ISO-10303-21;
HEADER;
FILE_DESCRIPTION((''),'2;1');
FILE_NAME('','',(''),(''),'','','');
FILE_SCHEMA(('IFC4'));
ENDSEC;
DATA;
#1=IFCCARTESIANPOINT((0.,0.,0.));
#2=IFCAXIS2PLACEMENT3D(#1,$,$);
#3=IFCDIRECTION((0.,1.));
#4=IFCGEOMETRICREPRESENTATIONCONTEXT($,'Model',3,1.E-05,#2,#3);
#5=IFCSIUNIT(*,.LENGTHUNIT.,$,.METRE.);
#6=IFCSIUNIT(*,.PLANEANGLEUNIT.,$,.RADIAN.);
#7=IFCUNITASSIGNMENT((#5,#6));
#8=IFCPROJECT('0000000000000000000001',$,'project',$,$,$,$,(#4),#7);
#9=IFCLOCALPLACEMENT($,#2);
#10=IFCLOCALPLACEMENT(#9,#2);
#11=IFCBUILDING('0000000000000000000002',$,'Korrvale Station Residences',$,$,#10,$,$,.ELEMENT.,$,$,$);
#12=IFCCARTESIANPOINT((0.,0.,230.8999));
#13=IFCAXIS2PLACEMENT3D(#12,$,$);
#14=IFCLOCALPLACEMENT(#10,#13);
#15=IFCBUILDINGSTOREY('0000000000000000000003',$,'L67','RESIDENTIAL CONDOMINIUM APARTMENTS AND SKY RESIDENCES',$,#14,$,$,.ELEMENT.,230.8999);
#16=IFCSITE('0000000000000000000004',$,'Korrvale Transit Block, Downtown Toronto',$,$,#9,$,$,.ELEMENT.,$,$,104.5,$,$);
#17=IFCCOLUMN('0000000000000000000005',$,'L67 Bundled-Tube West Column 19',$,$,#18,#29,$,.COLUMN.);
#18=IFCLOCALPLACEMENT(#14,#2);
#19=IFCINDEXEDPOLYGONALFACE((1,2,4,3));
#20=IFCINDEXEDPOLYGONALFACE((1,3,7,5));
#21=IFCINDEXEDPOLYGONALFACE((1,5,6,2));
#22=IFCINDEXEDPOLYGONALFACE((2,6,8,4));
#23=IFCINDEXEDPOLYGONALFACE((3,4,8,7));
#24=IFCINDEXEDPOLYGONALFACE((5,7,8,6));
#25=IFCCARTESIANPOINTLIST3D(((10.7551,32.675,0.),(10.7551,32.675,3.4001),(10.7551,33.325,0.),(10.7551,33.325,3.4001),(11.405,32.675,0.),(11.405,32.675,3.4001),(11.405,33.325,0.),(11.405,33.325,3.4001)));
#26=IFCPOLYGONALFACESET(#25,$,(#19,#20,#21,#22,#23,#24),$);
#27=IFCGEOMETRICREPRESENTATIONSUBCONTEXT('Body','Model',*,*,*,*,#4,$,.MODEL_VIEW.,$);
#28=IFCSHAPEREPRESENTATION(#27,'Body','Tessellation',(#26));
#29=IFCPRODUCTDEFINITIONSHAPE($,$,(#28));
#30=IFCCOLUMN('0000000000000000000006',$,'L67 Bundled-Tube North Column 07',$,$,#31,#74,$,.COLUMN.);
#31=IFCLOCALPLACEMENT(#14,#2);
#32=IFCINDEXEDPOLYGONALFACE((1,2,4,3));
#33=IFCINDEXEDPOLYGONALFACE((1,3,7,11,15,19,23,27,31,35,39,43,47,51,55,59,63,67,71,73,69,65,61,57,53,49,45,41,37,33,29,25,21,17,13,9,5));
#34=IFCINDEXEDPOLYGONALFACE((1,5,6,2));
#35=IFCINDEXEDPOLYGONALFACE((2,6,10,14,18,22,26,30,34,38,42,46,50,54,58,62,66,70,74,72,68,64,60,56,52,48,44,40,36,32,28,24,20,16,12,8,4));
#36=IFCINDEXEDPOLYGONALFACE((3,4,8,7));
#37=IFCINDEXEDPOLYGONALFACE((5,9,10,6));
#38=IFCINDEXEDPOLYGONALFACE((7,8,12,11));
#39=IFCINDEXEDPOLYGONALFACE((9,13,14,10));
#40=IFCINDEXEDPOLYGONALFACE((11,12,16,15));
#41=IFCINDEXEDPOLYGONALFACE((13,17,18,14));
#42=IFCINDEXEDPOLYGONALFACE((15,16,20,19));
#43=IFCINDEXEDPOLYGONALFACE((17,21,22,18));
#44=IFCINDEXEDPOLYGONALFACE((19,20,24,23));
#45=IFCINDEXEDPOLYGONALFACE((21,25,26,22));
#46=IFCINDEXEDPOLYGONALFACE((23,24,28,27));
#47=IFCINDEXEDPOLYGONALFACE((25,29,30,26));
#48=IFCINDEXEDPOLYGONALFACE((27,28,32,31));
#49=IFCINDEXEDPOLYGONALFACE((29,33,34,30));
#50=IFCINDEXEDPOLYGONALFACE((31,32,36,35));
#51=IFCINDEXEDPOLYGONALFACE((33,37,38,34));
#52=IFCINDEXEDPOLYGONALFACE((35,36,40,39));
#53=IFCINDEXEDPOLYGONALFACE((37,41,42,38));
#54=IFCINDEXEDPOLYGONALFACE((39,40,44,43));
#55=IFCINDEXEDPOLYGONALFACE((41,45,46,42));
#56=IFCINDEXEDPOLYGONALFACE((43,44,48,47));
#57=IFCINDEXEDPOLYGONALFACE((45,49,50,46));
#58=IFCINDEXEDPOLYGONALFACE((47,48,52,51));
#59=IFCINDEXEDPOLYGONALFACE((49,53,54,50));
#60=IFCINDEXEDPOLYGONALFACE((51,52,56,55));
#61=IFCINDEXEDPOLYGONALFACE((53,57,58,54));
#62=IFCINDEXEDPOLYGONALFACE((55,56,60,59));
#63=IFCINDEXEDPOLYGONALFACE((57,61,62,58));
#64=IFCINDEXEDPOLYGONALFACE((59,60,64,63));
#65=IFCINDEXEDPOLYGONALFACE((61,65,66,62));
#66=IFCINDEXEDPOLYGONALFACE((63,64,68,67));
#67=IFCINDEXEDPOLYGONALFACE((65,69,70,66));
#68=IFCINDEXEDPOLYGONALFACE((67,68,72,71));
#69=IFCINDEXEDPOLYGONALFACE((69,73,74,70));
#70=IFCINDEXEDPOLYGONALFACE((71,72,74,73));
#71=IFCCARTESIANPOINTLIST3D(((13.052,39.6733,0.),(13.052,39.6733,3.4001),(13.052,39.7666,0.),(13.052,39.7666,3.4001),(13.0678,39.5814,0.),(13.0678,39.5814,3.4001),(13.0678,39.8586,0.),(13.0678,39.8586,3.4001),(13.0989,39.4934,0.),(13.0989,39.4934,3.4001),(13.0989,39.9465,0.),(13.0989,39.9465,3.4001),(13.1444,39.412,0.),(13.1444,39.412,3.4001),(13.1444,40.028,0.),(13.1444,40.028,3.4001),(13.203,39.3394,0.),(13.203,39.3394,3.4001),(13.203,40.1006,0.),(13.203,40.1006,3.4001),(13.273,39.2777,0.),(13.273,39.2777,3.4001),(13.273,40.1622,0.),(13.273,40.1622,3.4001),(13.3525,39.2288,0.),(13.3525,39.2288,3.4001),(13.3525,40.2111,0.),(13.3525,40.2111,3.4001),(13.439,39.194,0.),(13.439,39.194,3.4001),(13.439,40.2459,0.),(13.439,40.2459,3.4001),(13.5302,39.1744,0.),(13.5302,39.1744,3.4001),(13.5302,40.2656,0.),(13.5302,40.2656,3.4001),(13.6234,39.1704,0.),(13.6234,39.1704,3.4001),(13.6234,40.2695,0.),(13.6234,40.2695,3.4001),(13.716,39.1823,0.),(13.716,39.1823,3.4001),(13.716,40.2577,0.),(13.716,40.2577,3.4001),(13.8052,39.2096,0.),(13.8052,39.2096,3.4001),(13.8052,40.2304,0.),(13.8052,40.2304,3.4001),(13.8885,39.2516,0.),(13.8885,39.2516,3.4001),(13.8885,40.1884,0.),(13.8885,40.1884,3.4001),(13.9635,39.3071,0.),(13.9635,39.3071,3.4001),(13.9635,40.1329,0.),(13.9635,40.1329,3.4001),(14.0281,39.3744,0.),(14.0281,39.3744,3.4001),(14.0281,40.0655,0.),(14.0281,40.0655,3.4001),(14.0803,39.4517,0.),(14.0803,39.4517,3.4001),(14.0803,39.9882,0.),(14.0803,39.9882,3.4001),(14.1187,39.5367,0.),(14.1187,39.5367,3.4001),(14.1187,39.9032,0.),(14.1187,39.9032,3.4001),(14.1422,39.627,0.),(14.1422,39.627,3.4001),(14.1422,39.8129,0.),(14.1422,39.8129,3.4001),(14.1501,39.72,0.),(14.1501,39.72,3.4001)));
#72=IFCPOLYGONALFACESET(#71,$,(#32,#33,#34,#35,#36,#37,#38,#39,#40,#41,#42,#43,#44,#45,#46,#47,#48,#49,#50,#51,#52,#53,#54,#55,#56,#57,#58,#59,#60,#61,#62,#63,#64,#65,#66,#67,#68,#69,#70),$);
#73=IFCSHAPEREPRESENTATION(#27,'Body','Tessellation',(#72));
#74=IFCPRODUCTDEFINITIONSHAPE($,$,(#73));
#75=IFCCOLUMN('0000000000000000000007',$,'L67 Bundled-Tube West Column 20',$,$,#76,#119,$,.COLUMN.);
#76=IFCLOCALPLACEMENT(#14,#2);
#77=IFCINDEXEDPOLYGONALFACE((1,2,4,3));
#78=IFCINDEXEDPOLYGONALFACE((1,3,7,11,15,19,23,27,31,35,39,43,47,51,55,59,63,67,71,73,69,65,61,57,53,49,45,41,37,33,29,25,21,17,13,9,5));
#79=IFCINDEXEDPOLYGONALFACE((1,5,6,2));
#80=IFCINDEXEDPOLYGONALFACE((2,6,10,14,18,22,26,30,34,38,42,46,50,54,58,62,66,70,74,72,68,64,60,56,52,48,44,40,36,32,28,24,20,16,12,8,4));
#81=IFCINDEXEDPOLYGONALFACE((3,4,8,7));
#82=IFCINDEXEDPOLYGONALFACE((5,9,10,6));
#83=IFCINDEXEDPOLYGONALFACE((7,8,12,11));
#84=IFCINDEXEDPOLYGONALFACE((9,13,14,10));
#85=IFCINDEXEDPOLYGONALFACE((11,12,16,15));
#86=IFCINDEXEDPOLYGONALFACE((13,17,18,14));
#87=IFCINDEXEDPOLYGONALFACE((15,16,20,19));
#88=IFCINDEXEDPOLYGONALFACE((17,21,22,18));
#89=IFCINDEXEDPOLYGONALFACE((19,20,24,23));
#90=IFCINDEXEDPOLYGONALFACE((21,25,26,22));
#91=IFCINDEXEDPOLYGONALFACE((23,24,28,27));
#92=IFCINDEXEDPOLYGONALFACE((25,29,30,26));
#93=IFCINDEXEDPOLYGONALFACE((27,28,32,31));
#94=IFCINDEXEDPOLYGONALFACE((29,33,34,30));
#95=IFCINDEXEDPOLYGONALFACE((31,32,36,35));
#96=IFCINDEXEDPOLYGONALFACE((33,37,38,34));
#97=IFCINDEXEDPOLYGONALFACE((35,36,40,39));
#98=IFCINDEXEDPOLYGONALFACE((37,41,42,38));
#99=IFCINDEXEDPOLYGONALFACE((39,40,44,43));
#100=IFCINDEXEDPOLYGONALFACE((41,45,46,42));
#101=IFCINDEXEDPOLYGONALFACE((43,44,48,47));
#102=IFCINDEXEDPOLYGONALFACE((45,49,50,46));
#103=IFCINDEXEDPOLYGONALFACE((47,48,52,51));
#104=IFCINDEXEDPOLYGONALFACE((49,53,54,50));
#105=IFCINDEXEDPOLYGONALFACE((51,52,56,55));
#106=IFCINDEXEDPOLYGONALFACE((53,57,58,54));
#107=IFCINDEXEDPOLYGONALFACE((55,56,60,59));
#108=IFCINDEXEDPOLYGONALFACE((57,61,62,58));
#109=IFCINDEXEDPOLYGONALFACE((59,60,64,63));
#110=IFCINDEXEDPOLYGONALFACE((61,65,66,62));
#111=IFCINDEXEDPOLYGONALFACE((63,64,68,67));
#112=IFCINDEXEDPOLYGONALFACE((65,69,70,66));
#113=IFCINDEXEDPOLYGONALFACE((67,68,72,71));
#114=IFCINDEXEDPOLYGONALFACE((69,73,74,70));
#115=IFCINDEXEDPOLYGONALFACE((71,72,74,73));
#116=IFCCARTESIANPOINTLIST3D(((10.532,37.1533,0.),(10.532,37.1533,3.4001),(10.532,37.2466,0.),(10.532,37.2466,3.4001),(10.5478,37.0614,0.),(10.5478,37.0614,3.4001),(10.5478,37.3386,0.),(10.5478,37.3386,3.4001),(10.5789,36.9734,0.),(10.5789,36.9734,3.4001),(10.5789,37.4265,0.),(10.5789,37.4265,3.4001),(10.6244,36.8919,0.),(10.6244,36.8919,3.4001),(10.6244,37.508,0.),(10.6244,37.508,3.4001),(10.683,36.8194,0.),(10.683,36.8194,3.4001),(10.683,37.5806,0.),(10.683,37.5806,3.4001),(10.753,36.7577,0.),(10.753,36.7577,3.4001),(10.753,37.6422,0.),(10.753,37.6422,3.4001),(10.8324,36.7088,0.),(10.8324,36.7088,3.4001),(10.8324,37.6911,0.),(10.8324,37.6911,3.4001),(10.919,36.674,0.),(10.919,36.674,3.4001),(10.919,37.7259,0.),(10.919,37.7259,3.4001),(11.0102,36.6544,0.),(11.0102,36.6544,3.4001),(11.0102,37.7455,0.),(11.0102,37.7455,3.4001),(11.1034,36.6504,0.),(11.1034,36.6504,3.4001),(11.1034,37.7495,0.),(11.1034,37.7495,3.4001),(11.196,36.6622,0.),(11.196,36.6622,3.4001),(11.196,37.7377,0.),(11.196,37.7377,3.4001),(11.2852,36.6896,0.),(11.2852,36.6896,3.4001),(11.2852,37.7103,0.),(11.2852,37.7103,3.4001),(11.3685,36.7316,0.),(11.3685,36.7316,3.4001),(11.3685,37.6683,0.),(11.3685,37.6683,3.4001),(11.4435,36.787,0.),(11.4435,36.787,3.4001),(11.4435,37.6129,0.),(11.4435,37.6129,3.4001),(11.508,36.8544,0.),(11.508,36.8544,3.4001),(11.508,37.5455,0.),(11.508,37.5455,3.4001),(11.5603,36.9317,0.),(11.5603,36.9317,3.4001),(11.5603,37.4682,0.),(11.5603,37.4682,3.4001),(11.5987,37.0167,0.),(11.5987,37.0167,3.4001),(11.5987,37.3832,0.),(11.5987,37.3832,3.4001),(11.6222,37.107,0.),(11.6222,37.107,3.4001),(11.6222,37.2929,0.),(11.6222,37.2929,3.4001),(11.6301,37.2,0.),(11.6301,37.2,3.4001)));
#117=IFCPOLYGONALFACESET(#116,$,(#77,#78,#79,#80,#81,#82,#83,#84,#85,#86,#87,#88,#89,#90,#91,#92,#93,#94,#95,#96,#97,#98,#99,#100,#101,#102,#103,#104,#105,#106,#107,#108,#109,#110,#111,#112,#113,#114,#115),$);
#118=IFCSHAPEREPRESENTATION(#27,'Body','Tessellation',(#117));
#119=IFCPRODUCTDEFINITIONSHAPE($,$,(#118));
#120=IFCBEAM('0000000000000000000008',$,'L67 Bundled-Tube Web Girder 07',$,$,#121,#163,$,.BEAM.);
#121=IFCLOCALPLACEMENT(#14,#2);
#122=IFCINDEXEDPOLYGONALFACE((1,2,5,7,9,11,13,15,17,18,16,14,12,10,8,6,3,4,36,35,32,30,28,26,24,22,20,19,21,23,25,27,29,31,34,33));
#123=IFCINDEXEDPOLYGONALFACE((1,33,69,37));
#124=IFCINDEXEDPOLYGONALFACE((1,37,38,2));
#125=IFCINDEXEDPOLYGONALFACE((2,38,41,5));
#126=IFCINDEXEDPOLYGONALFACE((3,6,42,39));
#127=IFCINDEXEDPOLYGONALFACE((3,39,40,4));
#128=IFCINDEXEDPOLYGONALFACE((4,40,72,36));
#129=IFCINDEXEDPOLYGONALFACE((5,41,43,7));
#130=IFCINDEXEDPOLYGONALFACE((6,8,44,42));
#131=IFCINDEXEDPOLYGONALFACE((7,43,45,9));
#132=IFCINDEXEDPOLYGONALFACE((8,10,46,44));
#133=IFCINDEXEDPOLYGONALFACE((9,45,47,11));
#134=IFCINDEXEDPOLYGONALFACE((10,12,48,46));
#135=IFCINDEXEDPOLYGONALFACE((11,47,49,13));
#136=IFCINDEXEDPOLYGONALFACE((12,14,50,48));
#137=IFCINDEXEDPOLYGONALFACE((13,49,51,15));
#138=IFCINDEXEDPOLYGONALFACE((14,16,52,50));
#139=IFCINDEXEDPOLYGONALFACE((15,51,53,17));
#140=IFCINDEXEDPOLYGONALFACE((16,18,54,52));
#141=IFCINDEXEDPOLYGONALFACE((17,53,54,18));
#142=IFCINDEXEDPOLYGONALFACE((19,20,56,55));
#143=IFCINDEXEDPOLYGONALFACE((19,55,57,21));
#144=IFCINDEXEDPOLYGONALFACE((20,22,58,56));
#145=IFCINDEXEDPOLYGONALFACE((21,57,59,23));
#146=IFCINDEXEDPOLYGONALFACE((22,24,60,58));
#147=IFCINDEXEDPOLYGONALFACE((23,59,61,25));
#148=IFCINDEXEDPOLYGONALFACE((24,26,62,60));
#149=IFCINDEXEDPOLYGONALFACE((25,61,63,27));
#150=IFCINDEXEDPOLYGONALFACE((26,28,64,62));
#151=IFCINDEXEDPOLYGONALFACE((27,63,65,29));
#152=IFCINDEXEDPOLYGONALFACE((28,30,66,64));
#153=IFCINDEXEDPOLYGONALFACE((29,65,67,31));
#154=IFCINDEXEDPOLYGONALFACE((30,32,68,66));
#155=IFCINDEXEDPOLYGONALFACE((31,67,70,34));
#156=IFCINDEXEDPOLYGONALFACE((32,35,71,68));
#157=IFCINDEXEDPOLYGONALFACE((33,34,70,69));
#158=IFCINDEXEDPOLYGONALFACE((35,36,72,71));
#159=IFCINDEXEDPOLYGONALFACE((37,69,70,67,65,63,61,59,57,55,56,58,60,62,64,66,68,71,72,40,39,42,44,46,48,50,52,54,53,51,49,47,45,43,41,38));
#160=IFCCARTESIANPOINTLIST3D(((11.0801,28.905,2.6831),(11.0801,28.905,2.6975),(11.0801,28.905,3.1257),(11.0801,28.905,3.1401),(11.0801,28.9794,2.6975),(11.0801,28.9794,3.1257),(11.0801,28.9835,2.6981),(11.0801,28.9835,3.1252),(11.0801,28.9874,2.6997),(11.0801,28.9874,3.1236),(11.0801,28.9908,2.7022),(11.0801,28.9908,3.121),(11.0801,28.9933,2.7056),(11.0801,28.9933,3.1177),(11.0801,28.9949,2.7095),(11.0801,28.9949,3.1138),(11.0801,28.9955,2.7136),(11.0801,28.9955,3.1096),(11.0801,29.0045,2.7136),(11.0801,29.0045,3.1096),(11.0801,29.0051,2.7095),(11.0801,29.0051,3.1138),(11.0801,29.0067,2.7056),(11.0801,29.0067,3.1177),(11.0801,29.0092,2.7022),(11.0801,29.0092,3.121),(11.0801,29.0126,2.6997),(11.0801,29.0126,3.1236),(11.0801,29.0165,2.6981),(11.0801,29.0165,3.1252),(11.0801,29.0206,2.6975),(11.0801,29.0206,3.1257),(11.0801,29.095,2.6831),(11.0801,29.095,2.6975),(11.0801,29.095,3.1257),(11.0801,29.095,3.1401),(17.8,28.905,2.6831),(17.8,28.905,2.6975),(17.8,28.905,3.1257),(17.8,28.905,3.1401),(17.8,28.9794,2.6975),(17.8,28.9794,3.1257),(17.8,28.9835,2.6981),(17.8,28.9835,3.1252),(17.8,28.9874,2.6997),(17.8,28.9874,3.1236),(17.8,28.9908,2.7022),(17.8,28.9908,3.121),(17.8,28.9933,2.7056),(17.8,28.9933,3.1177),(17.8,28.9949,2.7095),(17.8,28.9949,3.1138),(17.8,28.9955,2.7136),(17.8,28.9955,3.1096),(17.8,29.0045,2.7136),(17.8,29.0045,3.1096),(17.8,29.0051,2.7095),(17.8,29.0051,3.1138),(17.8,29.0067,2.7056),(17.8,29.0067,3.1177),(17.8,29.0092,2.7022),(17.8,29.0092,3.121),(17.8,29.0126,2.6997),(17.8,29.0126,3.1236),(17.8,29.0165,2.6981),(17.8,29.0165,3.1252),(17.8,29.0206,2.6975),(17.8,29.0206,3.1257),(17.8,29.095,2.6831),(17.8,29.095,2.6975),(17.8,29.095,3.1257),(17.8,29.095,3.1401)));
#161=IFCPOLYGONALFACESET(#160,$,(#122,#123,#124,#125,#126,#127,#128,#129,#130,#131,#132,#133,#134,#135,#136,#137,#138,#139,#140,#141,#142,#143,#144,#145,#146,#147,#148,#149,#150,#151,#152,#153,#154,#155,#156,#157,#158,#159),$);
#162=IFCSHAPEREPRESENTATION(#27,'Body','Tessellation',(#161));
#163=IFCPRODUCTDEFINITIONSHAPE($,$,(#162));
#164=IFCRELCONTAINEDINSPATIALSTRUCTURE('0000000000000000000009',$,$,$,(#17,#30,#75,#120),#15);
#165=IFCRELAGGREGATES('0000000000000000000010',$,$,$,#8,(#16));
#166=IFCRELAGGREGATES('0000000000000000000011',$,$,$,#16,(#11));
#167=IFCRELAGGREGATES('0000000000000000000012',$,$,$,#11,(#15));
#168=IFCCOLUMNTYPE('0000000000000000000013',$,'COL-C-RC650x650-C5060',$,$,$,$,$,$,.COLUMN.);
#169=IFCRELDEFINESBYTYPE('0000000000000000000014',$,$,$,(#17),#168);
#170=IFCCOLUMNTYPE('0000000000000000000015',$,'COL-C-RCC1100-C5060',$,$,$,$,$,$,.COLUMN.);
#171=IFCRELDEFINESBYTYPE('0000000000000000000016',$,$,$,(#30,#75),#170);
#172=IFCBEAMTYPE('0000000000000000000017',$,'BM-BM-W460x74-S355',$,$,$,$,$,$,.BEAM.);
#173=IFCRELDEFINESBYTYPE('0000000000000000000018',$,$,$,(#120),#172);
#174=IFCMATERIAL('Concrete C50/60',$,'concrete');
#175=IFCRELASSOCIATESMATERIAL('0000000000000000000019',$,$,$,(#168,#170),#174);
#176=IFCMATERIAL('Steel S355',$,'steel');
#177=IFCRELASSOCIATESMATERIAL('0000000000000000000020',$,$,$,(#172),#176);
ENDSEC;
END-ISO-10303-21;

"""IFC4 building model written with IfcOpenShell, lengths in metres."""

from ifc_helpers import new_model, si_unit, direction, frame, origin, origin_2d, place, context, subcontext, project, spatial, rectangle, circle, i_section, extrude, material, material_profile, profile_set, type_object, element, save


model = new_model("IFC4")

# Units and contexts
model_context = context("Model", 3, precision=1e-05, world=origin(), true_north=direction((0.0, 1.0)))
body_context = subcontext(model_context, "Body", "Model", "MODEL_VIEW")
ifc_project = project(units=[si_unit("LENGTHUNIT", "METRE"), si_unit("PLANEANGLEUNIT", "RADIAN")], contexts=[model_context])

# Site, building, storey
site_placement = place(None, origin())
site = spatial("IfcSite", under=ifc_project, at=site_placement, Name="Korrvale Transit Block, Downtown Toronto", CompositionType="ELEMENT", RefElevation=104.5)
building_placement = place(site_placement, origin())
building = spatial("IfcBuilding", under=site, at=building_placement, Name="Korrvale Station Residences", CompositionType="ELEMENT")
storey_placement = place(building_placement, frame((0.0, 0.0, 230.8999)))
storey = spatial("IfcBuildingStorey", under=building, at=storey_placement, Name="L67", Description="RESIDENTIAL CONDOMINIUM APARTMENTS AND SKY RESIDENCES", CompositionType="ELEMENT", Elevation=230.8999)

# Columns
ifc_material_1 = material(Name="Concrete C50/60", Category="concrete")
ifc_material_profile_1 = material_profile(ifc_material_1, rectangle(XDim=0.6499, YDim=0.6499, at=origin_2d()), Name="RC650x650")
ifc_profile_set_1 = profile_set([ifc_material_profile_1], Name="Concrete C50/60")
column_type_1 = type_object("IfcColumnType", Name="COL-C-RC650x650-C5060", PredefinedType="COLUMN", material=ifc_profile_set_1)
column_placement = place(storey_placement, frame((11.0801, 33.0, 0.0), z_axis=(0.0, 0.0, 1.0), x_axis=(1.0, 0.0, 0.0)))
element("IfcColumn", 1, at=column_placement, inside=storey, type_object=column_type_1, Name="L67 Bundled-Tube West Column 19", PredefinedType="COLUMN", context=body_context, shape_type="SweptSolid", body=[
    extrude(rectangle(XDim=0.6499, YDim=0.6499, at=origin_2d()), origin(), (0.0, 0.0, 1.0), 3.4001),
])
ifc_material_profile_2 = material_profile(ifc_material_1, circle(Radius=0.55, at=origin_2d()), Name="RCC1100")
ifc_profile_set_2 = profile_set([ifc_material_profile_2], Name="Concrete C50/60")
column_type_2 = type_object("IfcColumnType", Name="COL-C-RCC1100-C5060", PredefinedType="COLUMN", material=ifc_profile_set_2)
for number, where, z_axis, x_axis, name in (
    (2, (13.6001, 39.72, 0.0), (0.0, 0.0, 1.0), (1.0, 0.0, 0.0), "L67 Bundled-Tube North Column 07"),
    (3, (11.0801, 37.2, 0.0), (0.0, 0.0, 1.0), (1.0, 0.0, 0.0), "L67 Bundled-Tube West Column 20"),
):
    element("IfcColumn", number, at=place(storey_placement, frame(where, z_axis=z_axis, x_axis=x_axis)), inside=storey, type_object=column_type_2, Name=name, PredefinedType="COLUMN", context=body_context, shape_type="SweptSolid", body=[
        extrude(circle(Radius=0.55, at=origin_2d()), origin(), (0.0, 0.0, 1.0), 3.4001),
    ])

# Beam
ifc_material_2 = material(Name="Steel S355", Category="steel")
ifc_material_profile_3 = material_profile(ifc_material_2, i_section(OverallWidth=0.1899, OverallDepth=0.457, WebThickness=0.009, FlangeThickness=0.0144, FilletRadius=0.0161, at=origin_2d()), Name="W460x74")
ifc_profile_set_3 = profile_set([ifc_material_profile_3], Name="Steel S355")
beam_type_1 = type_object("IfcBeamType", Name="BM-BM-W460x74-S355", PredefinedType="BEAM", material=ifc_profile_set_3)
beam_1_placement = place(storey_placement, frame((11.0801, 29.0, 2.9116), z_axis=(1.0, 0.0, 0.0), x_axis=(0.0, 1.0, 0.0)))
element("IfcBeam", 4, at=beam_1_placement, inside=storey, type_object=beam_type_1, Name="L67 Bundled-Tube Web Girder 07", PredefinedType="BEAM", context=body_context, shape_type="SweptSolid", body=[
    extrude(i_section(OverallWidth=0.1899, OverallDepth=0.457, WebThickness=0.009, FlangeThickness=0.0144, FilletRadius=0.0161, at=origin_2d()), origin(), (0.0, 0.0, 1.0), 6.72),
])

save(model, "model.ifc")
